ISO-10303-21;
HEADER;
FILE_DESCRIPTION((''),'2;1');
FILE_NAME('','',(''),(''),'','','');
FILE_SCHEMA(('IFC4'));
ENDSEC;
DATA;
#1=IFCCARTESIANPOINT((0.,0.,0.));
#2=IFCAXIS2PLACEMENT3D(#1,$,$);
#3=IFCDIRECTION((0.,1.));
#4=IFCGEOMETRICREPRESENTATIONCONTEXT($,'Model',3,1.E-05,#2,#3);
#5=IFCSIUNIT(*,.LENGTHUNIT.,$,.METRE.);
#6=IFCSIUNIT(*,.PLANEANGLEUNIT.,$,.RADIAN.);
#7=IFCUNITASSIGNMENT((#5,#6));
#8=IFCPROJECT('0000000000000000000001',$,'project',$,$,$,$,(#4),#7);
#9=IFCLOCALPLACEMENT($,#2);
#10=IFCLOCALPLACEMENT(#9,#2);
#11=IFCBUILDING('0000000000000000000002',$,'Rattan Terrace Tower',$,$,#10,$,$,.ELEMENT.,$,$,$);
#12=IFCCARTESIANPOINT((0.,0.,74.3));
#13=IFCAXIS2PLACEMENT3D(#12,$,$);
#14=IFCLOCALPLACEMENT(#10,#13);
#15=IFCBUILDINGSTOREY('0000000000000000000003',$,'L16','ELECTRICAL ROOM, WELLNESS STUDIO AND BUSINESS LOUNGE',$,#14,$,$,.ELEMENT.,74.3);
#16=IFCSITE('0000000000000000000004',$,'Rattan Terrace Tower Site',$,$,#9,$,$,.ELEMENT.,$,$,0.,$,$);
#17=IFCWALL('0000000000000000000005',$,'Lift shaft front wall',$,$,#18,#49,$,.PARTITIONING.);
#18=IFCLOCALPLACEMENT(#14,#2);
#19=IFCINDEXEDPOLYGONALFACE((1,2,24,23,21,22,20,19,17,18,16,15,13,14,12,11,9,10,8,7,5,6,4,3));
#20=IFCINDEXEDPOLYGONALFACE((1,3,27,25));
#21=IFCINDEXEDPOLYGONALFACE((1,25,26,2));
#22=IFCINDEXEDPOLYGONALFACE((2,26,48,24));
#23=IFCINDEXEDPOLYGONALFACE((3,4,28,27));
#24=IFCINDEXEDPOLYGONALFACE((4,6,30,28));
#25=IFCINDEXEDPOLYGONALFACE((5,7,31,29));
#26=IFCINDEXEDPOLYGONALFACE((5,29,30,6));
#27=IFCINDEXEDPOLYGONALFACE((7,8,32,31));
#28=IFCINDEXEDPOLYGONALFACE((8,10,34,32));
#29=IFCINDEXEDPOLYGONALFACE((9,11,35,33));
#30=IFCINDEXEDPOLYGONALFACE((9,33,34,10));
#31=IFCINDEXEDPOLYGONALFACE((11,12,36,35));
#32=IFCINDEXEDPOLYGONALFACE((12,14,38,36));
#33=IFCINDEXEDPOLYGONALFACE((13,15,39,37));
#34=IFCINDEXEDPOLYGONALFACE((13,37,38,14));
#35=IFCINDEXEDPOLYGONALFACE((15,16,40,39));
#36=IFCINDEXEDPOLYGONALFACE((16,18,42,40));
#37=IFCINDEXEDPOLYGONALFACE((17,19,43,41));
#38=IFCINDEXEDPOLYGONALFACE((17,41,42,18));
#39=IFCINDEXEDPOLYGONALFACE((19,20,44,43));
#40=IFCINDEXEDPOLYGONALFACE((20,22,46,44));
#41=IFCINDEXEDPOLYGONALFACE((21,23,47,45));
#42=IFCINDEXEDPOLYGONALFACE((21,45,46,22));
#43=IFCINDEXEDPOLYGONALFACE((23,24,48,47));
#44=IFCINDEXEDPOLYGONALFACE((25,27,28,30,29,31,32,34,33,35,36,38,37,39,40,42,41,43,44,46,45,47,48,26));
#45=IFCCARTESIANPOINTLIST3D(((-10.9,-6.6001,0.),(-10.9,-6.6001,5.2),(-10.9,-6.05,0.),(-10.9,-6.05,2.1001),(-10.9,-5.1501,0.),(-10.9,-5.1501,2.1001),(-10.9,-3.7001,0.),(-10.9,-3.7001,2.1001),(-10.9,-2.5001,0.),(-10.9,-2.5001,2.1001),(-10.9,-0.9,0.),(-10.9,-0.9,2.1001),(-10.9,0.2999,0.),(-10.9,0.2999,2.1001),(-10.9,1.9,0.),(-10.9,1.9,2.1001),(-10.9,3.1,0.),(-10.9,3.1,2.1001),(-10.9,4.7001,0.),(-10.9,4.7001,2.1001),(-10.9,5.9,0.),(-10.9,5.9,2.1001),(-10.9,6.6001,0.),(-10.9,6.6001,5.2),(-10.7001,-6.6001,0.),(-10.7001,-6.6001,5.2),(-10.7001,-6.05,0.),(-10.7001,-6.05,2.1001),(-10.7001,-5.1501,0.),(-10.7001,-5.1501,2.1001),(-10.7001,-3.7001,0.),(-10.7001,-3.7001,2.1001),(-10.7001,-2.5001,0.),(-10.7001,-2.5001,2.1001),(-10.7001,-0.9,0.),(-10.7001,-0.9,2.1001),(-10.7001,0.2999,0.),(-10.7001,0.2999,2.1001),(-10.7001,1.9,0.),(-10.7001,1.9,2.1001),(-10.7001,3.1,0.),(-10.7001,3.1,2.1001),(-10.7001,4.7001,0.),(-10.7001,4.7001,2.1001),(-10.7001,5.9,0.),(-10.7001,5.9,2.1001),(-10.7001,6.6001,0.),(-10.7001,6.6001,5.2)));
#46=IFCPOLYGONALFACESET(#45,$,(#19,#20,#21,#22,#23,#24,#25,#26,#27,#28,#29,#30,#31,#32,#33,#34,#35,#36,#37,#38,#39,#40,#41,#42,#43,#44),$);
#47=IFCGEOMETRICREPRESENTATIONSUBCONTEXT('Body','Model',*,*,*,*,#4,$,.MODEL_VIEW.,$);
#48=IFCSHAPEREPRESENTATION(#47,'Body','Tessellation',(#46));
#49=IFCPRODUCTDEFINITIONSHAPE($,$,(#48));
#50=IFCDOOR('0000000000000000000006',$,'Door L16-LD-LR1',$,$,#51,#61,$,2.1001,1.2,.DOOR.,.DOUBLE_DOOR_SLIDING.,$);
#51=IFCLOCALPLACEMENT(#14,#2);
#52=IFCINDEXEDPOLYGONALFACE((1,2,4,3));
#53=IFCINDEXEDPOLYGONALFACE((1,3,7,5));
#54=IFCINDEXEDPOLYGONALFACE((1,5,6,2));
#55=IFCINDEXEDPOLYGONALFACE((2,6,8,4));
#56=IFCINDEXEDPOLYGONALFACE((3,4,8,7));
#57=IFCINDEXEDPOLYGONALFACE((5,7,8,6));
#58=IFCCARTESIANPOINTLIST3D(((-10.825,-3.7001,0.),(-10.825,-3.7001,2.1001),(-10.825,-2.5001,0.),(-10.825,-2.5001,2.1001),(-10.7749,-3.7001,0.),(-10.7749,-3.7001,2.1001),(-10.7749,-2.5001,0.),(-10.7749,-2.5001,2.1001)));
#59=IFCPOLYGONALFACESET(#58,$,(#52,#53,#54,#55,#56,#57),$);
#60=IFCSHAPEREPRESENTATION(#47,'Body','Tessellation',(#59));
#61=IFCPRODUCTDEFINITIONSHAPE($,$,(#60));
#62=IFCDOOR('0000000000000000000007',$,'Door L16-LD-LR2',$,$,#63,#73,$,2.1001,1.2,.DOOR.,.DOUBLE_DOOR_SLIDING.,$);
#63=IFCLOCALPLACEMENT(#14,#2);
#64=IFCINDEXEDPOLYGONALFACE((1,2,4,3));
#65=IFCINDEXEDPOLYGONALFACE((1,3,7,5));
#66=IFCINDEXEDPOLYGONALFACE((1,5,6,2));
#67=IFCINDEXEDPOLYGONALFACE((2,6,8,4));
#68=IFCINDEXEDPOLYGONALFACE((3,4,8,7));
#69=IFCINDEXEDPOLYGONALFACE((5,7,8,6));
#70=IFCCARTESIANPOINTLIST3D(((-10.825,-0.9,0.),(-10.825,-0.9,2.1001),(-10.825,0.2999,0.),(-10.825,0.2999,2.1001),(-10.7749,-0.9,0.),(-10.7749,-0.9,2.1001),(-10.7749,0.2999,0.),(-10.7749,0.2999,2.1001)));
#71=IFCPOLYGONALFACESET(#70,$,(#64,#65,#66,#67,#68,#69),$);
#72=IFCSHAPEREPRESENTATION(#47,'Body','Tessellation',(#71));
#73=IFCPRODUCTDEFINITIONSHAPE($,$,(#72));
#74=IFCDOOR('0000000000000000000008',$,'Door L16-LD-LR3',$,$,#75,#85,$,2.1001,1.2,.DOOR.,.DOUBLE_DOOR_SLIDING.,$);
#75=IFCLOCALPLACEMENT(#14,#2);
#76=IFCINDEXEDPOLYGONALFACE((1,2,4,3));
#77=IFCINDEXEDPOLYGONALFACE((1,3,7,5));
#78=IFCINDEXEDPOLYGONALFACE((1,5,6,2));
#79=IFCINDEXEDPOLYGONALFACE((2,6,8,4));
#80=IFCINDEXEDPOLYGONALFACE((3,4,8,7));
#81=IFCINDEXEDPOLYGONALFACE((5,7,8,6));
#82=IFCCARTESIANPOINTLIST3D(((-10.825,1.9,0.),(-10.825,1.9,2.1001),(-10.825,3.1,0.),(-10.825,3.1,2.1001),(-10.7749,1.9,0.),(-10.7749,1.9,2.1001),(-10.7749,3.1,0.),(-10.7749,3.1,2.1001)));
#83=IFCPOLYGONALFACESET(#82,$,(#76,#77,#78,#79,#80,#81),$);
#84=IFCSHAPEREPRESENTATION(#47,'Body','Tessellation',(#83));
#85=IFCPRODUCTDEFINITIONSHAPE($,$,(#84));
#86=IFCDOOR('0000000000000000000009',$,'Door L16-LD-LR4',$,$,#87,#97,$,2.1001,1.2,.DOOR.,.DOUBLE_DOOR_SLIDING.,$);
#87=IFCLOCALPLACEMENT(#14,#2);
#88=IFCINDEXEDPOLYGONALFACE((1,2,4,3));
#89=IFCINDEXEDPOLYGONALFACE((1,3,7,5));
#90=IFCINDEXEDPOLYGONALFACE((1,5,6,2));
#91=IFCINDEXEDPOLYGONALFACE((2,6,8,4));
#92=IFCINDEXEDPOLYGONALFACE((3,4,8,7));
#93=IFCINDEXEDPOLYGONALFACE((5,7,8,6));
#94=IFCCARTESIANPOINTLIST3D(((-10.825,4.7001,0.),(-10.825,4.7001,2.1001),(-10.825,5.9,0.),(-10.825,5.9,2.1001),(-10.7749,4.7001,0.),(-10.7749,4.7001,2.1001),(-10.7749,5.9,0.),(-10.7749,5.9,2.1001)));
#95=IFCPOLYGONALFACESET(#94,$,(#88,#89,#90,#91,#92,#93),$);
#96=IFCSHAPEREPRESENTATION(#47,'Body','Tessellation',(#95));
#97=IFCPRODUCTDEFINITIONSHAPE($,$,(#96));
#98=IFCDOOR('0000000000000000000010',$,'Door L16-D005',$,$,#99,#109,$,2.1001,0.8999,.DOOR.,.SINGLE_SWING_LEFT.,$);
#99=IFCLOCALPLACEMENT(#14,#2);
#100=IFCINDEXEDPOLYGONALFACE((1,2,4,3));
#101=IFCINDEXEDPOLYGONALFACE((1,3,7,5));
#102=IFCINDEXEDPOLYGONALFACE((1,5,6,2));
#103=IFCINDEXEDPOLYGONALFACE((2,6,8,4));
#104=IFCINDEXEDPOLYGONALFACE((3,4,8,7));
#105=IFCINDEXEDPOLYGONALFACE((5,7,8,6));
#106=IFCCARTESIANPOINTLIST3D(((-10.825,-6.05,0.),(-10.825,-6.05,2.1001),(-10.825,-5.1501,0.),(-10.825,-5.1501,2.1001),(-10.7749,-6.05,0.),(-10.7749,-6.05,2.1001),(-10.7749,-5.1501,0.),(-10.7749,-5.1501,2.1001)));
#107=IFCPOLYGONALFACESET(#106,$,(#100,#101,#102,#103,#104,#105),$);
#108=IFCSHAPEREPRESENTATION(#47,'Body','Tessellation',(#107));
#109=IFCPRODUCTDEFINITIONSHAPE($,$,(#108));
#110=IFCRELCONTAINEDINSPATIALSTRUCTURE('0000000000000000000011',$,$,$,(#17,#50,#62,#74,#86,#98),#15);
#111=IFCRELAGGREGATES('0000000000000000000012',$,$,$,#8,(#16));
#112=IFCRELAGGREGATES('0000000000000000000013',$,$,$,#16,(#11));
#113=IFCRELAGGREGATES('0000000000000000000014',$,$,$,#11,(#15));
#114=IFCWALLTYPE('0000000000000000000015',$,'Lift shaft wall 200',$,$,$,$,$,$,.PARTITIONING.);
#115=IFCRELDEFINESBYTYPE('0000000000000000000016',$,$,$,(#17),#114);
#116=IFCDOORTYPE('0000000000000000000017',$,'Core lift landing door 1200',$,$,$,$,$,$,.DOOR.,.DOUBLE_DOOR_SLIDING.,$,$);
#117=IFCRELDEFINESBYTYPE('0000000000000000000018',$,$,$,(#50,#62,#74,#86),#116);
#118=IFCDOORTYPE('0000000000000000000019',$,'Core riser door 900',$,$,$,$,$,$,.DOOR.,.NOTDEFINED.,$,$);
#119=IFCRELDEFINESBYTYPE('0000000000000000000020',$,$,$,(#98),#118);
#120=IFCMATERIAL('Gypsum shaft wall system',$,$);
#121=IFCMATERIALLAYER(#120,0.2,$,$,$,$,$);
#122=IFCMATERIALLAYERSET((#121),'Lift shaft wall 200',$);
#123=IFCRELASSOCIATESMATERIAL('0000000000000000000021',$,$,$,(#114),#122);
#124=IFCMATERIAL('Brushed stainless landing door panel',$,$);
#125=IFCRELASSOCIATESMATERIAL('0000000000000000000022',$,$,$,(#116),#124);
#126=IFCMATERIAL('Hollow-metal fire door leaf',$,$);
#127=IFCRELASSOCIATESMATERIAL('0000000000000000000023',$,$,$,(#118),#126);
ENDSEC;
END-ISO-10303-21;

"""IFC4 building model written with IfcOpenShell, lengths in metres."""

from ifc_helpers import new_model, si_unit, direction, frame, frame_2d, origin, place, context, subcontext, project, spatial, rectangle, extrude, material, layer, layer_set, type_object, element, fill, save


model = new_model("IFC4")

# Units and contexts
model_context = context("Model", 3, precision=1e-05, world=origin(), true_north=direction((0.0, 1.0)))
body_context = subcontext(model_context, "Body", "Model", "MODEL_VIEW")
ifc_project = project(units=[si_unit("LENGTHUNIT", "METRE"), si_unit("PLANEANGLEUNIT", "RADIAN")], contexts=[model_context])

# Site, building, storey
site_placement = place(None, origin())
site = spatial("IfcSite", under=ifc_project, at=site_placement, Name="Rattan Terrace Tower Site", CompositionType="ELEMENT", RefElevation=0.0)
building_placement = place(site_placement, origin())
building = spatial("IfcBuilding", under=site, at=building_placement, Name="Rattan Terrace Tower", CompositionType="ELEMENT")
storey_placement = place(building_placement, frame((0.0, 0.0, 74.3)))
storey = spatial("IfcBuildingStorey", under=building, at=storey_placement, Name="L16", Description="ELECTRICAL ROOM, WELLNESS STUDIO AND BUSINESS LOUNGE", CompositionType="ELEMENT", Elevation=74.3)

# Wall, openings, doors
ifc_material_1 = material(Name="Gypsum shaft wall system")
ifc_layer_1 = layer(ifc_material_1, 0.2)
ifc_layer_set_1 = layer_set([ifc_layer_1], Name="Lift shaft wall 200")
wall_type_1 = type_object("IfcWallType", Name="Lift shaft wall 200", PredefinedType="PARTITIONING", material=ifc_layer_set_1)
wall_1_placement = place(storey_placement, frame((-10.8, -6.6001, 0.0), z_axis=(0.0, 0.0, 1.0), x_axis=(0.0, 1.0, 0.0)))
wall_1 = element("IfcWall", 1, at=wall_1_placement, inside=storey, type_object=wall_type_1, Name="Lift shaft front wall", PredefinedType="PARTITIONING", context=body_context, shape_type="SweptSolid", body=[
    extrude(rectangle(XDim=13.2002, YDim=0.2, at=frame_2d((6.6001, 0.0))), origin(), (0.0, 0.0, 1.0), 5.2),
])
opening_1_placement = place(wall_1_placement, frame((0.55, 0.0, 0.0)))
opening_1 = element("IfcOpeningElement", 2, at=opening_1_placement, cuts=wall_1, PredefinedType="OPENING", context=body_context, shape_type="SweptSolid", body=[
    extrude(rectangle(XDim=0.8999, YDim=2.1001, at=frame_2d((0.45, 1.05))), frame((0.0, 0.1106, 0.0), z_axis=(0.0, -1.0, 0.0), x_axis=(1.0, 0.0, 0.0)), (0.0, 0.0, 1.0), 0.2209),
])
opening_2_placement = place(wall_1_placement, frame((2.8999, 0.0, 0.0)))
opening_2 = element("IfcOpeningElement", 3, at=opening_2_placement, cuts=wall_1, PredefinedType="OPENING", context=body_context, shape_type="SweptSolid", body=[
    extrude(rectangle(XDim=1.2, YDim=2.1001, at=frame_2d((0.6001, 1.05))), frame((0.0, 0.1106, 0.0), z_axis=(0.0, -1.0, 0.0), x_axis=(1.0, 0.0, 0.0)), (0.0, 0.0, 1.0), 0.2209),
])
opening_3_placement = place(wall_1_placement, frame((5.7, 0.0, 0.0)))
opening_3 = element("IfcOpeningElement", 4, at=opening_3_placement, cuts=wall_1, PredefinedType="OPENING", context=body_context, shape_type="SweptSolid", body=[
    extrude(rectangle(XDim=1.2, YDim=2.1001, at=frame_2d((0.6001, 1.05))), frame((0.0, 0.1106, 0.0), z_axis=(0.0, -1.0, 0.0), x_axis=(1.0, 0.0, 0.0)), (0.0, 0.0, 1.0), 0.2209),
])
opening_4_placement = place(wall_1_placement, frame((8.5, 0.0, 0.0)))
opening_4 = element("IfcOpeningElement", 5, at=opening_4_placement, cuts=wall_1, PredefinedType="OPENING", context=body_context, shape_type="SweptSolid", body=[
    extrude(rectangle(XDim=1.2, YDim=2.1001, at=frame_2d((0.6001, 1.05))), frame((0.0, 0.1106, 0.0), z_axis=(0.0, -1.0, 0.0), x_axis=(1.0, 0.0, 0.0)), (0.0, 0.0, 1.0), 0.2209),
])
opening_5_placement = place(wall_1_placement, frame((11.3, 0.0, 0.0)))
opening_5 = element("IfcOpeningElement", 6, at=opening_5_placement, cuts=wall_1, PredefinedType="OPENING", context=body_context, shape_type="SweptSolid", body=[
    extrude(rectangle(XDim=1.2, YDim=2.1001, at=frame_2d((0.6001, 1.05))), frame((0.0, 0.1106, 0.0), z_axis=(0.0, -1.0, 0.0), x_axis=(1.0, 0.0, 0.0)), (0.0, 0.0, 1.0), 0.2209),
])
ifc_material_2 = material(Name="Brushed stainless landing door panel")
door_type_1 = type_object("IfcDoorType", Name="Core lift landing door 1200", OperationType="DOUBLE_DOOR_SLIDING", PredefinedType="DOOR", material=ifc_material_2)
door_1_placement = place(opening_2_placement, origin())
door_1 = element("IfcDoor", 7, at=door_1_placement, inside=storey, type_object=door_type_1, Name="Door L16-LD-LR1", OperationType="DOUBLE_DOOR_SLIDING", OverallHeight=2.1001, OverallWidth=1.2, PredefinedType="DOOR", context=body_context, shape_type="SweptSolid", body=[
    extrude(rectangle(XDim=1.2, YDim=2.1001, at=frame_2d((0.6001, 1.05))), frame((0.0, 0.0249, 0.0), z_axis=(0.0, -1.0, 0.0), x_axis=(1.0, 0.0, 0.0)), (0.0, 0.0, 1.0), 0.05),
])
fill(opening_2, door_1)
door_2_placement = place(opening_3_placement, origin())
door_2 = element("IfcDoor", 8, at=door_2_placement, inside=storey, type_object=door_type_1, Name="Door L16-LD-LR2", OperationType="DOUBLE_DOOR_SLIDING", OverallHeight=2.1001, OverallWidth=1.2, PredefinedType="DOOR", context=body_context, shape_type="SweptSolid", body=[
    extrude(rectangle(XDim=1.2, YDim=2.1001, at=frame_2d((0.6001, 1.05))), frame((0.0, 0.0249, 0.0), z_axis=(0.0, -1.0, 0.0), x_axis=(1.0, 0.0, 0.0)), (0.0, 0.0, 1.0), 0.05),
])
fill(opening_3, door_2)
door_3_placement = place(opening_4_placement, origin())
door_3 = element("IfcDoor", 9, at=door_3_placement, inside=storey, type_object=door_type_1, Name="Door L16-LD-LR3", OperationType="DOUBLE_DOOR_SLIDING", OverallHeight=2.1001, OverallWidth=1.2, PredefinedType="DOOR", context=body_context, shape_type="SweptSolid", body=[
    extrude(rectangle(XDim=1.2, YDim=2.1001, at=frame_2d((0.6001, 1.05))), frame((0.0, 0.0249, 0.0), z_axis=(0.0, -1.0, 0.0), x_axis=(1.0, 0.0, 0.0)), (0.0, 0.0, 1.0), 0.05),
])
fill(opening_4, door_3)
door_4_placement = place(opening_5_placement, origin())
door_4 = element("IfcDoor", 10, at=door_4_placement, inside=storey, type_object=door_type_1, Name="Door L16-LD-LR4", OperationType="DOUBLE_DOOR_SLIDING", OverallHeight=2.1001, OverallWidth=1.2, PredefinedType="DOOR", context=body_context, shape_type="SweptSolid", body=[
    extrude(rectangle(XDim=1.2, YDim=2.1001, at=frame_2d((0.6001, 1.05))), frame((0.0, 0.0249, 0.0), z_axis=(0.0, -1.0, 0.0), x_axis=(1.0, 0.0, 0.0)), (0.0, 0.0, 1.0), 0.05),
])
fill(opening_5, door_4)
ifc_material_3 = material(Name="Hollow-metal fire door leaf")
door_type_2 = type_object("IfcDoorType", Name="Core riser door 900", OperationType="NOTDEFINED", PredefinedType="DOOR", material=ifc_material_3)
door_5_placement = place(opening_1_placement, origin())
door_5 = element("IfcDoor", 11, at=door_5_placement, inside=storey, type_object=door_type_2, Name="Door L16-D005", OperationType="SINGLE_SWING_LEFT", OverallHeight=2.1001, OverallWidth=0.8999, PredefinedType="DOOR", context=body_context, shape_type="SweptSolid", body=[
    extrude(rectangle(XDim=0.8999, YDim=2.1001, at=frame_2d((0.45, 1.05))), frame((0.0, 0.0249, 0.0), z_axis=(0.0, -1.0, 0.0), x_axis=(1.0, 0.0, 0.0)), (0.0, 0.0, 1.0), 0.05),
])
fill(opening_1, door_5)

save(model, "model.ifc")
